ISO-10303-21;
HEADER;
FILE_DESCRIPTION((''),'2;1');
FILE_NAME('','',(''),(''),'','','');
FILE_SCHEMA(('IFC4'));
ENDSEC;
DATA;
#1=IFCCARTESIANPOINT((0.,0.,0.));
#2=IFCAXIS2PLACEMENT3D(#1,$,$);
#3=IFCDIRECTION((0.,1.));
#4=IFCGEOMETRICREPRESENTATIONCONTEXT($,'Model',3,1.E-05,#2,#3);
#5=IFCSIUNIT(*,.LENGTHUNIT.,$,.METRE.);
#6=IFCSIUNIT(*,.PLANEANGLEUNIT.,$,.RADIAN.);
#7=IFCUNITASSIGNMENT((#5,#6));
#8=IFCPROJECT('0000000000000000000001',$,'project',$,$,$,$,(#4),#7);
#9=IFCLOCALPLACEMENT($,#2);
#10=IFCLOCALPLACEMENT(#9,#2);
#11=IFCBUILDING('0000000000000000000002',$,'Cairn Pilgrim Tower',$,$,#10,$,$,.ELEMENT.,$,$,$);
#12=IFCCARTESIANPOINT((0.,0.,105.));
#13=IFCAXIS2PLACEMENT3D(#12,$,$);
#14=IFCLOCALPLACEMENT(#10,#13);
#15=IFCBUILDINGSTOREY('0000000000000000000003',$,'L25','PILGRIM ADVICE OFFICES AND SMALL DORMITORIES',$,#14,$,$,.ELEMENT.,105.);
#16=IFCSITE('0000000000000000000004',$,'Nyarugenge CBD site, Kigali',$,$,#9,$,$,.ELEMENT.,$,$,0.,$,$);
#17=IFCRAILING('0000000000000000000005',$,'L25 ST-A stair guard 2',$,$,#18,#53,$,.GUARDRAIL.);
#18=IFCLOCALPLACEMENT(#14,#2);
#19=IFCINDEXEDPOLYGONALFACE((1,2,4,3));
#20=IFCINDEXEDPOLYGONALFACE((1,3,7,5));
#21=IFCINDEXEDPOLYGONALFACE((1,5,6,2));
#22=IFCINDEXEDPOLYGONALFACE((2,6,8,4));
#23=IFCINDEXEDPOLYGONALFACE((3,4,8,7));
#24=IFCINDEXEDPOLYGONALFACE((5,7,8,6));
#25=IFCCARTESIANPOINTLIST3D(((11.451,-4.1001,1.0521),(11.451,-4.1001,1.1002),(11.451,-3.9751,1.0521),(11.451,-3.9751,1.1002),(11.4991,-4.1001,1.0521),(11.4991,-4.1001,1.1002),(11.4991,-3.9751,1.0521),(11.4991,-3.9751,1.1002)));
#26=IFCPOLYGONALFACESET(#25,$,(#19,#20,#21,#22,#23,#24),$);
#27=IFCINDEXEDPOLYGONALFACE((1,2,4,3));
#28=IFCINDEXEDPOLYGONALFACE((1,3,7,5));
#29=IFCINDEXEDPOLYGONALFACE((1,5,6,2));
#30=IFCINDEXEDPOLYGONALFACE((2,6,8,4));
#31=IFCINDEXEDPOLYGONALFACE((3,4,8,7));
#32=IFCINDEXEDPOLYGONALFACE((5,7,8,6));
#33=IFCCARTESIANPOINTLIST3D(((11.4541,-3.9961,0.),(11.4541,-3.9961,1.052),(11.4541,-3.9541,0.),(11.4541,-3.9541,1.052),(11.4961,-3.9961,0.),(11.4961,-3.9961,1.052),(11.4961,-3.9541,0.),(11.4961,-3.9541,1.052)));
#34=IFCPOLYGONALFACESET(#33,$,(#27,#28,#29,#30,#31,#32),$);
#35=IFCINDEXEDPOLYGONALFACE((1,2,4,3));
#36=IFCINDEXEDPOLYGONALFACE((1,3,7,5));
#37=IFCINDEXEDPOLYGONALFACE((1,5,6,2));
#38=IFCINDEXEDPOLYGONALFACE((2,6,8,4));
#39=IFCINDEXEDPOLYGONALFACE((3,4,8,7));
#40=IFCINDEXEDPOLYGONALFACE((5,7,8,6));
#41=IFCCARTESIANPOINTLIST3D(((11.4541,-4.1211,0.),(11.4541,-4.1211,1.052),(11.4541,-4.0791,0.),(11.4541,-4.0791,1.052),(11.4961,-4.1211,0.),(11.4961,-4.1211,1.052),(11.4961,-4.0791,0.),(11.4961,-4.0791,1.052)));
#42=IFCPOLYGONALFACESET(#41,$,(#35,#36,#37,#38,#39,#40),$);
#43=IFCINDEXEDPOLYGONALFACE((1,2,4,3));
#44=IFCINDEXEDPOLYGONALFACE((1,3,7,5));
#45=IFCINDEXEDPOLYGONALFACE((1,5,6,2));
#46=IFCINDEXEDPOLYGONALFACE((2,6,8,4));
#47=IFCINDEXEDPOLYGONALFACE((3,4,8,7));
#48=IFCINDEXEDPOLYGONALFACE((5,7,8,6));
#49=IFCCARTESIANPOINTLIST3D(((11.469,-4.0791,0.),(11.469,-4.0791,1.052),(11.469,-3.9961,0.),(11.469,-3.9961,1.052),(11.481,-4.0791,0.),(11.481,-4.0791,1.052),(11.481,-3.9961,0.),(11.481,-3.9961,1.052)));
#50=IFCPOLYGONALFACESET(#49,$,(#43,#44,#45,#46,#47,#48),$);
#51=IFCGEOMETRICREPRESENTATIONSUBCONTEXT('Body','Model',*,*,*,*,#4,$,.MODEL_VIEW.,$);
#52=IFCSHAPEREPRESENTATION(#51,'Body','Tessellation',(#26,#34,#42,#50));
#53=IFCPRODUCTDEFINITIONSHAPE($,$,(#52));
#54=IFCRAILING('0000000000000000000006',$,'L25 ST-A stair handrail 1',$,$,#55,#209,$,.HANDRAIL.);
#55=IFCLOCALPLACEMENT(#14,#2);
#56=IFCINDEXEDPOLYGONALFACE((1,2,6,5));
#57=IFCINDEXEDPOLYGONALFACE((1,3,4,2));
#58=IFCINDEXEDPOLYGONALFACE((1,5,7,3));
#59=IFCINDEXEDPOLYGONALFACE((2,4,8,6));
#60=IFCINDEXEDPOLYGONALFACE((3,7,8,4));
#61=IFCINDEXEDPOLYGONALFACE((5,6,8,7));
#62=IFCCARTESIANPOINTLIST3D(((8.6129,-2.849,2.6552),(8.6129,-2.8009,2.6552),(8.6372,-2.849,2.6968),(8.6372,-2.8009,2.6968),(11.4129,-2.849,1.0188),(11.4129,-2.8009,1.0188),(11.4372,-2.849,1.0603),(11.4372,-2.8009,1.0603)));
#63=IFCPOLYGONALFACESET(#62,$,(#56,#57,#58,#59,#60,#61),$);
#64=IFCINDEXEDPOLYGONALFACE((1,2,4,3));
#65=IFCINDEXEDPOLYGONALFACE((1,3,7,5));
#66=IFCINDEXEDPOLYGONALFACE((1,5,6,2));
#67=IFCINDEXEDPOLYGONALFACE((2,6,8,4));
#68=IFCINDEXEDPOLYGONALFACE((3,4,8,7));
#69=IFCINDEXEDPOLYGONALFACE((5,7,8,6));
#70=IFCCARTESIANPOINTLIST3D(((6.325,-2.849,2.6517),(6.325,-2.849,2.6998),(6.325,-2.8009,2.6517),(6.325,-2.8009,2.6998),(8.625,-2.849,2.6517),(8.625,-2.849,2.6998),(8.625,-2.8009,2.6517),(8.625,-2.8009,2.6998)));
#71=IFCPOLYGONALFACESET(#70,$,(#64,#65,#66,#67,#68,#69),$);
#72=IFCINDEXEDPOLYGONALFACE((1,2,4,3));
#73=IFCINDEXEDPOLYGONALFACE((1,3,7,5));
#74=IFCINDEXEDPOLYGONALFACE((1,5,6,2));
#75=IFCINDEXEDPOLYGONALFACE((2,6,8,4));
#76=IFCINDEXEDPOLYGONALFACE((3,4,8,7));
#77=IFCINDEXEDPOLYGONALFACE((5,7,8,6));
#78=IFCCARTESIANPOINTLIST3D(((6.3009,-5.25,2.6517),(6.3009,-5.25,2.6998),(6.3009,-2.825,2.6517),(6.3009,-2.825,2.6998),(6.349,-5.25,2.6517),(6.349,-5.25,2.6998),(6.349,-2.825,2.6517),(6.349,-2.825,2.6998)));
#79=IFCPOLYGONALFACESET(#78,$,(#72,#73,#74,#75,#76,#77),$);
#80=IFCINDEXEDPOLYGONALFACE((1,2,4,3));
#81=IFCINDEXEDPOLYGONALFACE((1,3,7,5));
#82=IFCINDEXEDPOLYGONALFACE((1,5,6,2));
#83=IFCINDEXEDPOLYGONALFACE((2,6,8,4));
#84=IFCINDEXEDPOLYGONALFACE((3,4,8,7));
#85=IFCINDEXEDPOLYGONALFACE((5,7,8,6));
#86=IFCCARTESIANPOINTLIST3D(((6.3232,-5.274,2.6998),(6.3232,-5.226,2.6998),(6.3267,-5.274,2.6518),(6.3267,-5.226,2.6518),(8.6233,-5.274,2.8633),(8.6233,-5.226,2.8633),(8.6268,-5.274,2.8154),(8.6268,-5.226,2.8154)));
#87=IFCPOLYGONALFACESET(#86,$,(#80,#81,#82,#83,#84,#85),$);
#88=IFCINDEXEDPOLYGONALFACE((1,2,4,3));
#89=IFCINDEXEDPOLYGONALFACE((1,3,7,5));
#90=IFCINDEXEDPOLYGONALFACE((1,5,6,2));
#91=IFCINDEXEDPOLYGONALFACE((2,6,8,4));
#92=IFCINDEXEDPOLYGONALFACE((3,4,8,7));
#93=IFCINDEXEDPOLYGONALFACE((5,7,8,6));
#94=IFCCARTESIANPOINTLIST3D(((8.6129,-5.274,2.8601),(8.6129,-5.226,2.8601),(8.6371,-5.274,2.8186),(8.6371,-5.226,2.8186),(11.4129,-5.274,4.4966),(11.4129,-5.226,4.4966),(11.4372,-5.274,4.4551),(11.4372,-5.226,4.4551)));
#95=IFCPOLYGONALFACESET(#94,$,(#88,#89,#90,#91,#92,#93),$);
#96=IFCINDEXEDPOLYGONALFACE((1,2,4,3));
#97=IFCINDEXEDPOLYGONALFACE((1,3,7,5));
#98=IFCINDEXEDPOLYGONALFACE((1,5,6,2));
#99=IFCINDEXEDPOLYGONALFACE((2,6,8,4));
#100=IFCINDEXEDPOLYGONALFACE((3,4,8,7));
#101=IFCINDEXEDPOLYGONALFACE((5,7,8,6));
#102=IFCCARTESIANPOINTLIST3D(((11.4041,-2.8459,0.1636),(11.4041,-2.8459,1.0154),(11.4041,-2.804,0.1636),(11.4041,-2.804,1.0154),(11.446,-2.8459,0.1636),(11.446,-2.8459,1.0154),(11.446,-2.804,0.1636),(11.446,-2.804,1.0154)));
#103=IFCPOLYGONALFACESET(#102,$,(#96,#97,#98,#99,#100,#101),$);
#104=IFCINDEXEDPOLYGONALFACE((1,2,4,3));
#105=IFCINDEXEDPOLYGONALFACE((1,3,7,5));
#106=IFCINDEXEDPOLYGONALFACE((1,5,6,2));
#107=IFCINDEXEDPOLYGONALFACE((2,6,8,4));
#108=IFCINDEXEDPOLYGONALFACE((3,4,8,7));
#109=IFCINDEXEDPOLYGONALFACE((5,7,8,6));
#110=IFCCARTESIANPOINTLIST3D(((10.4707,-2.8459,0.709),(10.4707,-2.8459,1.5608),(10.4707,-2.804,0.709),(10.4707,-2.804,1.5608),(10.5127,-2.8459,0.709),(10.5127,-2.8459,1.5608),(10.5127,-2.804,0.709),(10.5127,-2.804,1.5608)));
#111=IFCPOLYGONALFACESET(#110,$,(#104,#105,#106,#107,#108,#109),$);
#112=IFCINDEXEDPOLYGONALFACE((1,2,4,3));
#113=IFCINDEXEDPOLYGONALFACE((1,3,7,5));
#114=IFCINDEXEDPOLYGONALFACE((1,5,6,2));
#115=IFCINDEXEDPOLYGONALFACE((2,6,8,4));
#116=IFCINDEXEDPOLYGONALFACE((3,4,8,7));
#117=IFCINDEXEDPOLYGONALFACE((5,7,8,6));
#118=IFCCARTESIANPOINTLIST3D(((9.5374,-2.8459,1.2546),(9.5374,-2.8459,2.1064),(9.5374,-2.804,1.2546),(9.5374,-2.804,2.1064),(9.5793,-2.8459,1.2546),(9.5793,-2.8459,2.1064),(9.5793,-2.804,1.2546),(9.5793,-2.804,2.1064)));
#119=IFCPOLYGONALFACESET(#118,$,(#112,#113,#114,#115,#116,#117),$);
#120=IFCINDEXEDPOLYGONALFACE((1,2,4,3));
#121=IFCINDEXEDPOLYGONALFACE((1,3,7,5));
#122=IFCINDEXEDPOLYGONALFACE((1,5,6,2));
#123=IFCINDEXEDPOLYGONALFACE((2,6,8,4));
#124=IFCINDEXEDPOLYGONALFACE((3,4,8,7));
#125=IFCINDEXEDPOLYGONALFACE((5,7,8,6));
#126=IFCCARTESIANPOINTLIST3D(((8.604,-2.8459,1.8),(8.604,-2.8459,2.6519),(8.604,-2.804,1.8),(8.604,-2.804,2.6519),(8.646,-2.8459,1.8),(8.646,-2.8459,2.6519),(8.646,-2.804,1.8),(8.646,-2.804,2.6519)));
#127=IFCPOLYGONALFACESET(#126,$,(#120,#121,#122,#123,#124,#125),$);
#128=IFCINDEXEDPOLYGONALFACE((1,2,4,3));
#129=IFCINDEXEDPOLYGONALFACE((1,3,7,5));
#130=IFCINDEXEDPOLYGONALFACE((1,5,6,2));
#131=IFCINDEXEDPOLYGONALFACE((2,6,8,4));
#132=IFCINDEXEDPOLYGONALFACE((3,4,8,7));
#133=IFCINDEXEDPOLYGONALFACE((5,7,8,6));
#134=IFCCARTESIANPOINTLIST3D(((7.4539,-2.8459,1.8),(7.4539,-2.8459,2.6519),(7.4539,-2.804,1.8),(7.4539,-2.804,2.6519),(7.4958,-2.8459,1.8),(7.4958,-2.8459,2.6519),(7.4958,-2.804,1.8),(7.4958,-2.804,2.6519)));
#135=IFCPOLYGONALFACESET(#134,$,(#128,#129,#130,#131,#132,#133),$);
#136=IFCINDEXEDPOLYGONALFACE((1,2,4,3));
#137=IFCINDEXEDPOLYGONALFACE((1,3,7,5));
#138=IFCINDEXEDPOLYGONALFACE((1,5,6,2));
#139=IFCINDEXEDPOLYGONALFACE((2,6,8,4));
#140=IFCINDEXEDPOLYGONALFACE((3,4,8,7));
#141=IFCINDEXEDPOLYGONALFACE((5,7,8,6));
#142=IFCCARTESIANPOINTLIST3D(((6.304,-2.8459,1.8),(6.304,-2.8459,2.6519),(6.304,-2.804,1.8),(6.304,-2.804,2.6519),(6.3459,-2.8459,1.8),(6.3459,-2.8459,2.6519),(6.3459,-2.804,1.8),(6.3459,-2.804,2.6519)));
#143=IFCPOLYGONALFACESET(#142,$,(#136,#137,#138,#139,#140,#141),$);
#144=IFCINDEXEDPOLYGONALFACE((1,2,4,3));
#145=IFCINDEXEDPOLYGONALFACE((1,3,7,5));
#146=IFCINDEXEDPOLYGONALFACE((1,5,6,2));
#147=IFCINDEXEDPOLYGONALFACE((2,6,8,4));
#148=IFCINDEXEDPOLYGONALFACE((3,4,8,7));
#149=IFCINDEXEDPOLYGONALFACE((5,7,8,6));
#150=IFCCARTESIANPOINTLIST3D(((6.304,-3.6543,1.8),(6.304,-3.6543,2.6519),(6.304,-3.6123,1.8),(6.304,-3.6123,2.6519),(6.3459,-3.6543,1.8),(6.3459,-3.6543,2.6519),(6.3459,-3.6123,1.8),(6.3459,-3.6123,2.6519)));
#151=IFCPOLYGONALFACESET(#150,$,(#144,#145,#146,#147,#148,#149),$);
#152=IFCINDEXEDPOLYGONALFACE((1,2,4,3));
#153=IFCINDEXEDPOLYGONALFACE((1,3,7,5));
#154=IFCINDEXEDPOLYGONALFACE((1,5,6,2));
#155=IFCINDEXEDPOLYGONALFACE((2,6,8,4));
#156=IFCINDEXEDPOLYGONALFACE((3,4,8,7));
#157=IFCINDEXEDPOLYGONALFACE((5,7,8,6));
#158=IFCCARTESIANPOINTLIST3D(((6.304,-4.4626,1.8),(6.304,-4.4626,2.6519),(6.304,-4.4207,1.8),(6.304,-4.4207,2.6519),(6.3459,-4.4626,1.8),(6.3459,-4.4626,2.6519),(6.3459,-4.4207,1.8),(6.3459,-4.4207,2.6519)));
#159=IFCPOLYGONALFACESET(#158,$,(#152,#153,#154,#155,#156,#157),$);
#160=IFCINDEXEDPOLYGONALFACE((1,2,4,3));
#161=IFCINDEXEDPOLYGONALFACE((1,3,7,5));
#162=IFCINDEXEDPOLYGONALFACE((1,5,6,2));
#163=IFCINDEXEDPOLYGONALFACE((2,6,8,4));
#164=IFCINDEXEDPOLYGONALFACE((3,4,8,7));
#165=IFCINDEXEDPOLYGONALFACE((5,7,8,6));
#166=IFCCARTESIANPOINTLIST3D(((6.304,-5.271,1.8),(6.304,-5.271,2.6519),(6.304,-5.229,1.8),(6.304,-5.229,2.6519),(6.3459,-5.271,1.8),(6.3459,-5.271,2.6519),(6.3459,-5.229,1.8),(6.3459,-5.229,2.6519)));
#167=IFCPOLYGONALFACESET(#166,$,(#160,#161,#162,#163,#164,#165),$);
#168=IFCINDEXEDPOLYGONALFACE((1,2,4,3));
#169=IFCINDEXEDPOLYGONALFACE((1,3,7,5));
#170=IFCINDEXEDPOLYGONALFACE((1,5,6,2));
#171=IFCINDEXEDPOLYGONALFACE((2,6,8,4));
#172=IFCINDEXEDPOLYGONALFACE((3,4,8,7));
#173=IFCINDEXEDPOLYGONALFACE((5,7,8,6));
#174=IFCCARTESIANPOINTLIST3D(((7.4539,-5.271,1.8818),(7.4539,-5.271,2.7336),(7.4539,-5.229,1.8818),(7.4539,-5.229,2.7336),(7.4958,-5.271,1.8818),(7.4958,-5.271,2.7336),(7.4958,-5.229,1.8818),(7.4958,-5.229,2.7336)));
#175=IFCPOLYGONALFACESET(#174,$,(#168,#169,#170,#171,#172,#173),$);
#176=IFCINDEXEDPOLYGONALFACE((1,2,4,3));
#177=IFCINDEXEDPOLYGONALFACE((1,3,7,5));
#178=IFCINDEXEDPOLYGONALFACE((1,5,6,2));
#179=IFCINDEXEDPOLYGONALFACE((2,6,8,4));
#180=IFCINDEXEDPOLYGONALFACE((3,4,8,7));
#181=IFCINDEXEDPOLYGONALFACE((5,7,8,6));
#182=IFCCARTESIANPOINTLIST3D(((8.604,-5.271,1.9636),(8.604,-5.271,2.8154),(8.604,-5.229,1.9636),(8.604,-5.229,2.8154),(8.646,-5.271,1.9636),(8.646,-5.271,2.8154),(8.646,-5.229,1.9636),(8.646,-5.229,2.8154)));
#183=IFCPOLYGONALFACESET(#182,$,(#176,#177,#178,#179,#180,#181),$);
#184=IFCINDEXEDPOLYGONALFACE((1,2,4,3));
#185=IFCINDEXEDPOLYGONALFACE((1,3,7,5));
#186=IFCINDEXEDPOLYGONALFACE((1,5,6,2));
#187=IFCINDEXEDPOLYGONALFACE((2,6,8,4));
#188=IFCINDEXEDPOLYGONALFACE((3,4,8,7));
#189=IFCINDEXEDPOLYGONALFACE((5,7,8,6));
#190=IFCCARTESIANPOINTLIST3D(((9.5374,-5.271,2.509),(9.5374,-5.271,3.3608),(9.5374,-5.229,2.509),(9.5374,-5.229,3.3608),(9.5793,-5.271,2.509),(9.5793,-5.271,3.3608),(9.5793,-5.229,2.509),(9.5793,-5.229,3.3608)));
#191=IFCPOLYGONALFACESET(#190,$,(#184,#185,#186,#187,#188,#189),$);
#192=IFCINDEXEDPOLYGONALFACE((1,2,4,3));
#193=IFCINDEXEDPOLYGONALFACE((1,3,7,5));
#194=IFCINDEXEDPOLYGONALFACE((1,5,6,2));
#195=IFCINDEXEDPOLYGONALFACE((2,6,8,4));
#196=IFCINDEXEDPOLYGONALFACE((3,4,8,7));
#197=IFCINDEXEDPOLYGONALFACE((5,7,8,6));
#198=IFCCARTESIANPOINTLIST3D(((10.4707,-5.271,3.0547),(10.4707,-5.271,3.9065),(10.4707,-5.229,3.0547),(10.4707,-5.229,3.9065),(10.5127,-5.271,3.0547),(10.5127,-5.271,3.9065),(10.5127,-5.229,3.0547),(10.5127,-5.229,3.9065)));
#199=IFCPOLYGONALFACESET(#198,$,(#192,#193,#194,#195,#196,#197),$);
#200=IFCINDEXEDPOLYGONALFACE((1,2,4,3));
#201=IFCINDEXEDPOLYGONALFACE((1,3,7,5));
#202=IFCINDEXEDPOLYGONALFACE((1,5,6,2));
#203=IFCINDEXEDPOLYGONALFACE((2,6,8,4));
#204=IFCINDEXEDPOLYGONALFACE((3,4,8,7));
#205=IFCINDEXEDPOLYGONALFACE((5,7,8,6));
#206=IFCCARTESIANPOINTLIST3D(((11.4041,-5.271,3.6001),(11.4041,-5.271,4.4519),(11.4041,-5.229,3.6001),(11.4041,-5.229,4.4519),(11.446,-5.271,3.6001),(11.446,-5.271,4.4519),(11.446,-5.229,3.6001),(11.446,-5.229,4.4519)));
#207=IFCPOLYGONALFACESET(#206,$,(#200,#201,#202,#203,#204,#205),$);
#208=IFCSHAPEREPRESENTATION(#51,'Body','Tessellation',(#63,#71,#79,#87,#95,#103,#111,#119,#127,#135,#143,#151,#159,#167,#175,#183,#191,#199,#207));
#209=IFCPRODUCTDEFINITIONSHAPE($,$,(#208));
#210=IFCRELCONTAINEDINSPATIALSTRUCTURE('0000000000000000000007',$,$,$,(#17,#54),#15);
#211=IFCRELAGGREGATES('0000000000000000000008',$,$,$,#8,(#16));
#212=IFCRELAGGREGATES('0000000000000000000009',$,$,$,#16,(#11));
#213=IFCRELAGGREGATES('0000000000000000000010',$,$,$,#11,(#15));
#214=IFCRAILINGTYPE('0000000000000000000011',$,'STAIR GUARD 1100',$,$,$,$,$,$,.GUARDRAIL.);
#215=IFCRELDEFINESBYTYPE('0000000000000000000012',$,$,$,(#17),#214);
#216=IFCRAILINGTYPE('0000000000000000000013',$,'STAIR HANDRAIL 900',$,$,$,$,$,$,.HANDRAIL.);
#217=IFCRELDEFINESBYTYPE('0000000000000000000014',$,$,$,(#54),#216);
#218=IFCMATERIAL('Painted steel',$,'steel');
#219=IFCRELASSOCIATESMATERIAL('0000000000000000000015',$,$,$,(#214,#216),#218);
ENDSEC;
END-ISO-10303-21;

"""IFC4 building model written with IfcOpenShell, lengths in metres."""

from ifc_helpers import new_model, si_unit, direction, frame, origin, origin_2d, place, context, subcontext, project, spatial, polyline, rectangle, outline, extrude, material, type_object, element, save


model = new_model("IFC4")

# Units and contexts
model_context = context("Model", 3, precision=1e-05, world=origin(), true_north=direction((0.0, 1.0)))
body_context = subcontext(model_context, "Body", "Model", "MODEL_VIEW")
ifc_project = project(units=[si_unit("LENGTHUNIT", "METRE"), si_unit("PLANEANGLEUNIT", "RADIAN")], contexts=[model_context])

# Site, building, storey
site_placement = place(None, origin())
site = spatial("IfcSite", under=ifc_project, at=site_placement, Name="Nyarugenge CBD site, Kigali", CompositionType="ELEMENT", RefElevation=0.0)
building_placement = place(site_placement, origin())
building = spatial("IfcBuilding", under=site, at=building_placement, Name="Cairn Pilgrim Tower", CompositionType="ELEMENT")
storey_placement = place(building_placement, frame((0.0, 0.0, 105.0)))
storey = spatial("IfcBuildingStorey", under=building, at=storey_placement, Name="L25", Description="PILGRIM ADVICE OFFICES AND SMALL DORMITORIES", CompositionType="ELEMENT", Elevation=105.0)

# Shared definitions
ifc_material_1 = material(Name="Painted steel", Category="steel")

# Railings
railing_type_1 = type_object("IfcRailingType", Name="STAIR GUARD 1100", PredefinedType="GUARDRAIL", material=ifc_material_1)
railing_1_placement = place(storey_placement, frame((11.4751, -3.9751, 0.0)))
element("IfcRailing", 1, at=railing_1_placement, inside=storey, type_object=railing_type_1, Name="L25 ST-A stair guard 2", PredefinedType="GUARDRAIL", context=body_context, shape_type="SweptSolid", body=[
    extrude(rectangle(XDim=0.0481, YDim=0.0481, at=origin_2d()), frame((0.0, 0.0, 1.0762), z_axis=(0.0, -1.0, 0.0), x_axis=(1.0, 0.0, 0.0)), (0.0, 0.0, 1.0), 0.125),
    extrude(rectangle(XDim=0.042, YDim=0.042, at=origin_2d()), origin(), (0.0, 0.0, 1.0), 1.052),
    extrude(rectangle(XDim=0.042, YDim=0.042, at=origin_2d()), frame((0.0, -0.125, 0.0)), (0.0, 0.0, 1.0), 1.052),
    extrude(outline(polyline([(0.021, 0.0), (0.104, 0.0), (0.104, 1.052), (0.021, 1.052), (0.021, 0.0)])), frame((0.0059, 0.0, 0.0), z_axis=(-1.0, 0.0, 0.0), x_axis=(0.0, -1.0, 0.0)), (0.0, 0.0, 1.0), 0.012),
])
railing_type_2 = type_object("IfcRailingType", Name="STAIR HANDRAIL 900", PredefinedType="HANDRAIL", material=ifc_material_1)
railing_2_placement = place(storey_placement, frame((11.425, -2.825, 0.1636)))
element("IfcRailing", 2, at=railing_2_placement, inside=storey, type_object=railing_type_2, Name="L25 ST-A stair handrail 1", PredefinedType="HANDRAIL", context=body_context, shape_type="SweptSolid", body=[
    extrude(rectangle(XDim=0.0481, YDim=0.0481, at=origin_2d()), frame((0.0, 0.0, 0.876), z_axis=(-0.863361, 0.0, 0.504587), x_axis=(0.0, -1.0, 0.0)), (0.0, 0.0, 1.0), 3.2432),
    extrude(rectangle(XDim=0.0481, YDim=0.0481, at=origin_2d()), frame((-2.8, 0.0, 2.5122), z_axis=(-1.0, 0.0, 0.0), x_axis=(0.0, -1.0, 0.0)), (0.0, 0.0, 1.0), 2.3),
    extrude(rectangle(XDim=0.0481, YDim=0.0481, at=origin_2d()), frame((-5.1001, 0.0, 2.5122), z_axis=(0.0, -1.0, 0.0), x_axis=(1.0, 0.0, 0.0)), (0.0, 0.0, 1.0), 2.425),
    extrude(rectangle(XDim=0.0481, YDim=0.0481, at=origin_2d()), frame((-5.1001, -2.425, 2.5122), z_axis=(0.997481, 0.0, 0.070939), x_axis=(0.0, 1.0, 0.0)), (0.0, 0.0, 1.0), 2.3059),
    extrude(rectangle(XDim=0.0481, YDim=0.0481, at=origin_2d()), frame((-2.8, -2.425, 2.6758), z_axis=(0.863361, 0.0, 0.504587), x_axis=(0.0, 1.0, 0.0)), (0.0, 0.0, 1.0), 3.2432),
    extrude(rectangle(XDim=0.042, YDim=0.042, at=origin_2d()), origin(), (0.0, 0.0, 1.0), 0.8518),
    extrude(rectangle(XDim=0.042, YDim=0.042, at=origin_2d()), frame((-0.9333, 0.0, 0.5454)), (0.0, 0.0, 1.0), 0.8518),
    extrude(rectangle(XDim=0.042, YDim=0.042, at=origin_2d()), frame((-1.8667, 0.0, 1.0911)), (0.0, 0.0, 1.0), 0.8518),
    extrude(rectangle(XDim=0.042, YDim=0.042, at=origin_2d()), frame((-2.8, 0.0, 1.6365)), (0.0, 0.0, 1.0), 0.8518),
    extrude(rectangle(XDim=0.042, YDim=0.042, at=origin_2d()), frame((-3.9502, 0.0, 1.6365)), (0.0, 0.0, 1.0), 0.8518),
    extrude(rectangle(XDim=0.042, YDim=0.042, at=origin_2d()), frame((-5.1001, 0.0, 1.6365)), (0.0, 0.0, 1.0), 0.8518),
    extrude(rectangle(XDim=0.042, YDim=0.042, at=origin_2d()), frame((-5.1001, -0.8083, 1.6365)), (0.0, 0.0, 1.0), 0.8518),
    extrude(rectangle(XDim=0.042, YDim=0.042, at=origin_2d()), frame((-5.1001, -1.6167, 1.6365)), (0.0, 0.0, 1.0), 0.8518),
    extrude(rectangle(XDim=0.042, YDim=0.042, at=origin_2d()), frame((-5.1001, -2.425, 1.6365)), (0.0, 0.0, 1.0), 0.8518),
    extrude(rectangle(XDim=0.042, YDim=0.042, at=origin_2d()), frame((-3.9502, -2.425, 1.7183)), (0.0, 0.0, 1.0), 0.8518),
    extrude(rectangle(XDim=0.042, YDim=0.042, at=origin_2d()), frame((-2.8, -2.425, 1.8)), (0.0, 0.0, 1.0), 0.8518),
    extrude(rectangle(XDim=0.042, YDim=0.042, at=origin_2d()), frame((-1.8667, -2.425, 2.3455)), (0.0, 0.0, 1.0), 0.8518),
    extrude(rectangle(XDim=0.042, YDim=0.042, at=origin_2d()), frame((-0.9333, -2.425, 2.8911)), (0.0, 0.0, 1.0), 0.8518),
    extrude(rectangle(XDim=0.042, YDim=0.042, at=origin_2d()), frame((0.0, -2.425, 3.4365)), (0.0, 0.0, 1.0), 0.8518),
])

save(model, "model.ifc")
